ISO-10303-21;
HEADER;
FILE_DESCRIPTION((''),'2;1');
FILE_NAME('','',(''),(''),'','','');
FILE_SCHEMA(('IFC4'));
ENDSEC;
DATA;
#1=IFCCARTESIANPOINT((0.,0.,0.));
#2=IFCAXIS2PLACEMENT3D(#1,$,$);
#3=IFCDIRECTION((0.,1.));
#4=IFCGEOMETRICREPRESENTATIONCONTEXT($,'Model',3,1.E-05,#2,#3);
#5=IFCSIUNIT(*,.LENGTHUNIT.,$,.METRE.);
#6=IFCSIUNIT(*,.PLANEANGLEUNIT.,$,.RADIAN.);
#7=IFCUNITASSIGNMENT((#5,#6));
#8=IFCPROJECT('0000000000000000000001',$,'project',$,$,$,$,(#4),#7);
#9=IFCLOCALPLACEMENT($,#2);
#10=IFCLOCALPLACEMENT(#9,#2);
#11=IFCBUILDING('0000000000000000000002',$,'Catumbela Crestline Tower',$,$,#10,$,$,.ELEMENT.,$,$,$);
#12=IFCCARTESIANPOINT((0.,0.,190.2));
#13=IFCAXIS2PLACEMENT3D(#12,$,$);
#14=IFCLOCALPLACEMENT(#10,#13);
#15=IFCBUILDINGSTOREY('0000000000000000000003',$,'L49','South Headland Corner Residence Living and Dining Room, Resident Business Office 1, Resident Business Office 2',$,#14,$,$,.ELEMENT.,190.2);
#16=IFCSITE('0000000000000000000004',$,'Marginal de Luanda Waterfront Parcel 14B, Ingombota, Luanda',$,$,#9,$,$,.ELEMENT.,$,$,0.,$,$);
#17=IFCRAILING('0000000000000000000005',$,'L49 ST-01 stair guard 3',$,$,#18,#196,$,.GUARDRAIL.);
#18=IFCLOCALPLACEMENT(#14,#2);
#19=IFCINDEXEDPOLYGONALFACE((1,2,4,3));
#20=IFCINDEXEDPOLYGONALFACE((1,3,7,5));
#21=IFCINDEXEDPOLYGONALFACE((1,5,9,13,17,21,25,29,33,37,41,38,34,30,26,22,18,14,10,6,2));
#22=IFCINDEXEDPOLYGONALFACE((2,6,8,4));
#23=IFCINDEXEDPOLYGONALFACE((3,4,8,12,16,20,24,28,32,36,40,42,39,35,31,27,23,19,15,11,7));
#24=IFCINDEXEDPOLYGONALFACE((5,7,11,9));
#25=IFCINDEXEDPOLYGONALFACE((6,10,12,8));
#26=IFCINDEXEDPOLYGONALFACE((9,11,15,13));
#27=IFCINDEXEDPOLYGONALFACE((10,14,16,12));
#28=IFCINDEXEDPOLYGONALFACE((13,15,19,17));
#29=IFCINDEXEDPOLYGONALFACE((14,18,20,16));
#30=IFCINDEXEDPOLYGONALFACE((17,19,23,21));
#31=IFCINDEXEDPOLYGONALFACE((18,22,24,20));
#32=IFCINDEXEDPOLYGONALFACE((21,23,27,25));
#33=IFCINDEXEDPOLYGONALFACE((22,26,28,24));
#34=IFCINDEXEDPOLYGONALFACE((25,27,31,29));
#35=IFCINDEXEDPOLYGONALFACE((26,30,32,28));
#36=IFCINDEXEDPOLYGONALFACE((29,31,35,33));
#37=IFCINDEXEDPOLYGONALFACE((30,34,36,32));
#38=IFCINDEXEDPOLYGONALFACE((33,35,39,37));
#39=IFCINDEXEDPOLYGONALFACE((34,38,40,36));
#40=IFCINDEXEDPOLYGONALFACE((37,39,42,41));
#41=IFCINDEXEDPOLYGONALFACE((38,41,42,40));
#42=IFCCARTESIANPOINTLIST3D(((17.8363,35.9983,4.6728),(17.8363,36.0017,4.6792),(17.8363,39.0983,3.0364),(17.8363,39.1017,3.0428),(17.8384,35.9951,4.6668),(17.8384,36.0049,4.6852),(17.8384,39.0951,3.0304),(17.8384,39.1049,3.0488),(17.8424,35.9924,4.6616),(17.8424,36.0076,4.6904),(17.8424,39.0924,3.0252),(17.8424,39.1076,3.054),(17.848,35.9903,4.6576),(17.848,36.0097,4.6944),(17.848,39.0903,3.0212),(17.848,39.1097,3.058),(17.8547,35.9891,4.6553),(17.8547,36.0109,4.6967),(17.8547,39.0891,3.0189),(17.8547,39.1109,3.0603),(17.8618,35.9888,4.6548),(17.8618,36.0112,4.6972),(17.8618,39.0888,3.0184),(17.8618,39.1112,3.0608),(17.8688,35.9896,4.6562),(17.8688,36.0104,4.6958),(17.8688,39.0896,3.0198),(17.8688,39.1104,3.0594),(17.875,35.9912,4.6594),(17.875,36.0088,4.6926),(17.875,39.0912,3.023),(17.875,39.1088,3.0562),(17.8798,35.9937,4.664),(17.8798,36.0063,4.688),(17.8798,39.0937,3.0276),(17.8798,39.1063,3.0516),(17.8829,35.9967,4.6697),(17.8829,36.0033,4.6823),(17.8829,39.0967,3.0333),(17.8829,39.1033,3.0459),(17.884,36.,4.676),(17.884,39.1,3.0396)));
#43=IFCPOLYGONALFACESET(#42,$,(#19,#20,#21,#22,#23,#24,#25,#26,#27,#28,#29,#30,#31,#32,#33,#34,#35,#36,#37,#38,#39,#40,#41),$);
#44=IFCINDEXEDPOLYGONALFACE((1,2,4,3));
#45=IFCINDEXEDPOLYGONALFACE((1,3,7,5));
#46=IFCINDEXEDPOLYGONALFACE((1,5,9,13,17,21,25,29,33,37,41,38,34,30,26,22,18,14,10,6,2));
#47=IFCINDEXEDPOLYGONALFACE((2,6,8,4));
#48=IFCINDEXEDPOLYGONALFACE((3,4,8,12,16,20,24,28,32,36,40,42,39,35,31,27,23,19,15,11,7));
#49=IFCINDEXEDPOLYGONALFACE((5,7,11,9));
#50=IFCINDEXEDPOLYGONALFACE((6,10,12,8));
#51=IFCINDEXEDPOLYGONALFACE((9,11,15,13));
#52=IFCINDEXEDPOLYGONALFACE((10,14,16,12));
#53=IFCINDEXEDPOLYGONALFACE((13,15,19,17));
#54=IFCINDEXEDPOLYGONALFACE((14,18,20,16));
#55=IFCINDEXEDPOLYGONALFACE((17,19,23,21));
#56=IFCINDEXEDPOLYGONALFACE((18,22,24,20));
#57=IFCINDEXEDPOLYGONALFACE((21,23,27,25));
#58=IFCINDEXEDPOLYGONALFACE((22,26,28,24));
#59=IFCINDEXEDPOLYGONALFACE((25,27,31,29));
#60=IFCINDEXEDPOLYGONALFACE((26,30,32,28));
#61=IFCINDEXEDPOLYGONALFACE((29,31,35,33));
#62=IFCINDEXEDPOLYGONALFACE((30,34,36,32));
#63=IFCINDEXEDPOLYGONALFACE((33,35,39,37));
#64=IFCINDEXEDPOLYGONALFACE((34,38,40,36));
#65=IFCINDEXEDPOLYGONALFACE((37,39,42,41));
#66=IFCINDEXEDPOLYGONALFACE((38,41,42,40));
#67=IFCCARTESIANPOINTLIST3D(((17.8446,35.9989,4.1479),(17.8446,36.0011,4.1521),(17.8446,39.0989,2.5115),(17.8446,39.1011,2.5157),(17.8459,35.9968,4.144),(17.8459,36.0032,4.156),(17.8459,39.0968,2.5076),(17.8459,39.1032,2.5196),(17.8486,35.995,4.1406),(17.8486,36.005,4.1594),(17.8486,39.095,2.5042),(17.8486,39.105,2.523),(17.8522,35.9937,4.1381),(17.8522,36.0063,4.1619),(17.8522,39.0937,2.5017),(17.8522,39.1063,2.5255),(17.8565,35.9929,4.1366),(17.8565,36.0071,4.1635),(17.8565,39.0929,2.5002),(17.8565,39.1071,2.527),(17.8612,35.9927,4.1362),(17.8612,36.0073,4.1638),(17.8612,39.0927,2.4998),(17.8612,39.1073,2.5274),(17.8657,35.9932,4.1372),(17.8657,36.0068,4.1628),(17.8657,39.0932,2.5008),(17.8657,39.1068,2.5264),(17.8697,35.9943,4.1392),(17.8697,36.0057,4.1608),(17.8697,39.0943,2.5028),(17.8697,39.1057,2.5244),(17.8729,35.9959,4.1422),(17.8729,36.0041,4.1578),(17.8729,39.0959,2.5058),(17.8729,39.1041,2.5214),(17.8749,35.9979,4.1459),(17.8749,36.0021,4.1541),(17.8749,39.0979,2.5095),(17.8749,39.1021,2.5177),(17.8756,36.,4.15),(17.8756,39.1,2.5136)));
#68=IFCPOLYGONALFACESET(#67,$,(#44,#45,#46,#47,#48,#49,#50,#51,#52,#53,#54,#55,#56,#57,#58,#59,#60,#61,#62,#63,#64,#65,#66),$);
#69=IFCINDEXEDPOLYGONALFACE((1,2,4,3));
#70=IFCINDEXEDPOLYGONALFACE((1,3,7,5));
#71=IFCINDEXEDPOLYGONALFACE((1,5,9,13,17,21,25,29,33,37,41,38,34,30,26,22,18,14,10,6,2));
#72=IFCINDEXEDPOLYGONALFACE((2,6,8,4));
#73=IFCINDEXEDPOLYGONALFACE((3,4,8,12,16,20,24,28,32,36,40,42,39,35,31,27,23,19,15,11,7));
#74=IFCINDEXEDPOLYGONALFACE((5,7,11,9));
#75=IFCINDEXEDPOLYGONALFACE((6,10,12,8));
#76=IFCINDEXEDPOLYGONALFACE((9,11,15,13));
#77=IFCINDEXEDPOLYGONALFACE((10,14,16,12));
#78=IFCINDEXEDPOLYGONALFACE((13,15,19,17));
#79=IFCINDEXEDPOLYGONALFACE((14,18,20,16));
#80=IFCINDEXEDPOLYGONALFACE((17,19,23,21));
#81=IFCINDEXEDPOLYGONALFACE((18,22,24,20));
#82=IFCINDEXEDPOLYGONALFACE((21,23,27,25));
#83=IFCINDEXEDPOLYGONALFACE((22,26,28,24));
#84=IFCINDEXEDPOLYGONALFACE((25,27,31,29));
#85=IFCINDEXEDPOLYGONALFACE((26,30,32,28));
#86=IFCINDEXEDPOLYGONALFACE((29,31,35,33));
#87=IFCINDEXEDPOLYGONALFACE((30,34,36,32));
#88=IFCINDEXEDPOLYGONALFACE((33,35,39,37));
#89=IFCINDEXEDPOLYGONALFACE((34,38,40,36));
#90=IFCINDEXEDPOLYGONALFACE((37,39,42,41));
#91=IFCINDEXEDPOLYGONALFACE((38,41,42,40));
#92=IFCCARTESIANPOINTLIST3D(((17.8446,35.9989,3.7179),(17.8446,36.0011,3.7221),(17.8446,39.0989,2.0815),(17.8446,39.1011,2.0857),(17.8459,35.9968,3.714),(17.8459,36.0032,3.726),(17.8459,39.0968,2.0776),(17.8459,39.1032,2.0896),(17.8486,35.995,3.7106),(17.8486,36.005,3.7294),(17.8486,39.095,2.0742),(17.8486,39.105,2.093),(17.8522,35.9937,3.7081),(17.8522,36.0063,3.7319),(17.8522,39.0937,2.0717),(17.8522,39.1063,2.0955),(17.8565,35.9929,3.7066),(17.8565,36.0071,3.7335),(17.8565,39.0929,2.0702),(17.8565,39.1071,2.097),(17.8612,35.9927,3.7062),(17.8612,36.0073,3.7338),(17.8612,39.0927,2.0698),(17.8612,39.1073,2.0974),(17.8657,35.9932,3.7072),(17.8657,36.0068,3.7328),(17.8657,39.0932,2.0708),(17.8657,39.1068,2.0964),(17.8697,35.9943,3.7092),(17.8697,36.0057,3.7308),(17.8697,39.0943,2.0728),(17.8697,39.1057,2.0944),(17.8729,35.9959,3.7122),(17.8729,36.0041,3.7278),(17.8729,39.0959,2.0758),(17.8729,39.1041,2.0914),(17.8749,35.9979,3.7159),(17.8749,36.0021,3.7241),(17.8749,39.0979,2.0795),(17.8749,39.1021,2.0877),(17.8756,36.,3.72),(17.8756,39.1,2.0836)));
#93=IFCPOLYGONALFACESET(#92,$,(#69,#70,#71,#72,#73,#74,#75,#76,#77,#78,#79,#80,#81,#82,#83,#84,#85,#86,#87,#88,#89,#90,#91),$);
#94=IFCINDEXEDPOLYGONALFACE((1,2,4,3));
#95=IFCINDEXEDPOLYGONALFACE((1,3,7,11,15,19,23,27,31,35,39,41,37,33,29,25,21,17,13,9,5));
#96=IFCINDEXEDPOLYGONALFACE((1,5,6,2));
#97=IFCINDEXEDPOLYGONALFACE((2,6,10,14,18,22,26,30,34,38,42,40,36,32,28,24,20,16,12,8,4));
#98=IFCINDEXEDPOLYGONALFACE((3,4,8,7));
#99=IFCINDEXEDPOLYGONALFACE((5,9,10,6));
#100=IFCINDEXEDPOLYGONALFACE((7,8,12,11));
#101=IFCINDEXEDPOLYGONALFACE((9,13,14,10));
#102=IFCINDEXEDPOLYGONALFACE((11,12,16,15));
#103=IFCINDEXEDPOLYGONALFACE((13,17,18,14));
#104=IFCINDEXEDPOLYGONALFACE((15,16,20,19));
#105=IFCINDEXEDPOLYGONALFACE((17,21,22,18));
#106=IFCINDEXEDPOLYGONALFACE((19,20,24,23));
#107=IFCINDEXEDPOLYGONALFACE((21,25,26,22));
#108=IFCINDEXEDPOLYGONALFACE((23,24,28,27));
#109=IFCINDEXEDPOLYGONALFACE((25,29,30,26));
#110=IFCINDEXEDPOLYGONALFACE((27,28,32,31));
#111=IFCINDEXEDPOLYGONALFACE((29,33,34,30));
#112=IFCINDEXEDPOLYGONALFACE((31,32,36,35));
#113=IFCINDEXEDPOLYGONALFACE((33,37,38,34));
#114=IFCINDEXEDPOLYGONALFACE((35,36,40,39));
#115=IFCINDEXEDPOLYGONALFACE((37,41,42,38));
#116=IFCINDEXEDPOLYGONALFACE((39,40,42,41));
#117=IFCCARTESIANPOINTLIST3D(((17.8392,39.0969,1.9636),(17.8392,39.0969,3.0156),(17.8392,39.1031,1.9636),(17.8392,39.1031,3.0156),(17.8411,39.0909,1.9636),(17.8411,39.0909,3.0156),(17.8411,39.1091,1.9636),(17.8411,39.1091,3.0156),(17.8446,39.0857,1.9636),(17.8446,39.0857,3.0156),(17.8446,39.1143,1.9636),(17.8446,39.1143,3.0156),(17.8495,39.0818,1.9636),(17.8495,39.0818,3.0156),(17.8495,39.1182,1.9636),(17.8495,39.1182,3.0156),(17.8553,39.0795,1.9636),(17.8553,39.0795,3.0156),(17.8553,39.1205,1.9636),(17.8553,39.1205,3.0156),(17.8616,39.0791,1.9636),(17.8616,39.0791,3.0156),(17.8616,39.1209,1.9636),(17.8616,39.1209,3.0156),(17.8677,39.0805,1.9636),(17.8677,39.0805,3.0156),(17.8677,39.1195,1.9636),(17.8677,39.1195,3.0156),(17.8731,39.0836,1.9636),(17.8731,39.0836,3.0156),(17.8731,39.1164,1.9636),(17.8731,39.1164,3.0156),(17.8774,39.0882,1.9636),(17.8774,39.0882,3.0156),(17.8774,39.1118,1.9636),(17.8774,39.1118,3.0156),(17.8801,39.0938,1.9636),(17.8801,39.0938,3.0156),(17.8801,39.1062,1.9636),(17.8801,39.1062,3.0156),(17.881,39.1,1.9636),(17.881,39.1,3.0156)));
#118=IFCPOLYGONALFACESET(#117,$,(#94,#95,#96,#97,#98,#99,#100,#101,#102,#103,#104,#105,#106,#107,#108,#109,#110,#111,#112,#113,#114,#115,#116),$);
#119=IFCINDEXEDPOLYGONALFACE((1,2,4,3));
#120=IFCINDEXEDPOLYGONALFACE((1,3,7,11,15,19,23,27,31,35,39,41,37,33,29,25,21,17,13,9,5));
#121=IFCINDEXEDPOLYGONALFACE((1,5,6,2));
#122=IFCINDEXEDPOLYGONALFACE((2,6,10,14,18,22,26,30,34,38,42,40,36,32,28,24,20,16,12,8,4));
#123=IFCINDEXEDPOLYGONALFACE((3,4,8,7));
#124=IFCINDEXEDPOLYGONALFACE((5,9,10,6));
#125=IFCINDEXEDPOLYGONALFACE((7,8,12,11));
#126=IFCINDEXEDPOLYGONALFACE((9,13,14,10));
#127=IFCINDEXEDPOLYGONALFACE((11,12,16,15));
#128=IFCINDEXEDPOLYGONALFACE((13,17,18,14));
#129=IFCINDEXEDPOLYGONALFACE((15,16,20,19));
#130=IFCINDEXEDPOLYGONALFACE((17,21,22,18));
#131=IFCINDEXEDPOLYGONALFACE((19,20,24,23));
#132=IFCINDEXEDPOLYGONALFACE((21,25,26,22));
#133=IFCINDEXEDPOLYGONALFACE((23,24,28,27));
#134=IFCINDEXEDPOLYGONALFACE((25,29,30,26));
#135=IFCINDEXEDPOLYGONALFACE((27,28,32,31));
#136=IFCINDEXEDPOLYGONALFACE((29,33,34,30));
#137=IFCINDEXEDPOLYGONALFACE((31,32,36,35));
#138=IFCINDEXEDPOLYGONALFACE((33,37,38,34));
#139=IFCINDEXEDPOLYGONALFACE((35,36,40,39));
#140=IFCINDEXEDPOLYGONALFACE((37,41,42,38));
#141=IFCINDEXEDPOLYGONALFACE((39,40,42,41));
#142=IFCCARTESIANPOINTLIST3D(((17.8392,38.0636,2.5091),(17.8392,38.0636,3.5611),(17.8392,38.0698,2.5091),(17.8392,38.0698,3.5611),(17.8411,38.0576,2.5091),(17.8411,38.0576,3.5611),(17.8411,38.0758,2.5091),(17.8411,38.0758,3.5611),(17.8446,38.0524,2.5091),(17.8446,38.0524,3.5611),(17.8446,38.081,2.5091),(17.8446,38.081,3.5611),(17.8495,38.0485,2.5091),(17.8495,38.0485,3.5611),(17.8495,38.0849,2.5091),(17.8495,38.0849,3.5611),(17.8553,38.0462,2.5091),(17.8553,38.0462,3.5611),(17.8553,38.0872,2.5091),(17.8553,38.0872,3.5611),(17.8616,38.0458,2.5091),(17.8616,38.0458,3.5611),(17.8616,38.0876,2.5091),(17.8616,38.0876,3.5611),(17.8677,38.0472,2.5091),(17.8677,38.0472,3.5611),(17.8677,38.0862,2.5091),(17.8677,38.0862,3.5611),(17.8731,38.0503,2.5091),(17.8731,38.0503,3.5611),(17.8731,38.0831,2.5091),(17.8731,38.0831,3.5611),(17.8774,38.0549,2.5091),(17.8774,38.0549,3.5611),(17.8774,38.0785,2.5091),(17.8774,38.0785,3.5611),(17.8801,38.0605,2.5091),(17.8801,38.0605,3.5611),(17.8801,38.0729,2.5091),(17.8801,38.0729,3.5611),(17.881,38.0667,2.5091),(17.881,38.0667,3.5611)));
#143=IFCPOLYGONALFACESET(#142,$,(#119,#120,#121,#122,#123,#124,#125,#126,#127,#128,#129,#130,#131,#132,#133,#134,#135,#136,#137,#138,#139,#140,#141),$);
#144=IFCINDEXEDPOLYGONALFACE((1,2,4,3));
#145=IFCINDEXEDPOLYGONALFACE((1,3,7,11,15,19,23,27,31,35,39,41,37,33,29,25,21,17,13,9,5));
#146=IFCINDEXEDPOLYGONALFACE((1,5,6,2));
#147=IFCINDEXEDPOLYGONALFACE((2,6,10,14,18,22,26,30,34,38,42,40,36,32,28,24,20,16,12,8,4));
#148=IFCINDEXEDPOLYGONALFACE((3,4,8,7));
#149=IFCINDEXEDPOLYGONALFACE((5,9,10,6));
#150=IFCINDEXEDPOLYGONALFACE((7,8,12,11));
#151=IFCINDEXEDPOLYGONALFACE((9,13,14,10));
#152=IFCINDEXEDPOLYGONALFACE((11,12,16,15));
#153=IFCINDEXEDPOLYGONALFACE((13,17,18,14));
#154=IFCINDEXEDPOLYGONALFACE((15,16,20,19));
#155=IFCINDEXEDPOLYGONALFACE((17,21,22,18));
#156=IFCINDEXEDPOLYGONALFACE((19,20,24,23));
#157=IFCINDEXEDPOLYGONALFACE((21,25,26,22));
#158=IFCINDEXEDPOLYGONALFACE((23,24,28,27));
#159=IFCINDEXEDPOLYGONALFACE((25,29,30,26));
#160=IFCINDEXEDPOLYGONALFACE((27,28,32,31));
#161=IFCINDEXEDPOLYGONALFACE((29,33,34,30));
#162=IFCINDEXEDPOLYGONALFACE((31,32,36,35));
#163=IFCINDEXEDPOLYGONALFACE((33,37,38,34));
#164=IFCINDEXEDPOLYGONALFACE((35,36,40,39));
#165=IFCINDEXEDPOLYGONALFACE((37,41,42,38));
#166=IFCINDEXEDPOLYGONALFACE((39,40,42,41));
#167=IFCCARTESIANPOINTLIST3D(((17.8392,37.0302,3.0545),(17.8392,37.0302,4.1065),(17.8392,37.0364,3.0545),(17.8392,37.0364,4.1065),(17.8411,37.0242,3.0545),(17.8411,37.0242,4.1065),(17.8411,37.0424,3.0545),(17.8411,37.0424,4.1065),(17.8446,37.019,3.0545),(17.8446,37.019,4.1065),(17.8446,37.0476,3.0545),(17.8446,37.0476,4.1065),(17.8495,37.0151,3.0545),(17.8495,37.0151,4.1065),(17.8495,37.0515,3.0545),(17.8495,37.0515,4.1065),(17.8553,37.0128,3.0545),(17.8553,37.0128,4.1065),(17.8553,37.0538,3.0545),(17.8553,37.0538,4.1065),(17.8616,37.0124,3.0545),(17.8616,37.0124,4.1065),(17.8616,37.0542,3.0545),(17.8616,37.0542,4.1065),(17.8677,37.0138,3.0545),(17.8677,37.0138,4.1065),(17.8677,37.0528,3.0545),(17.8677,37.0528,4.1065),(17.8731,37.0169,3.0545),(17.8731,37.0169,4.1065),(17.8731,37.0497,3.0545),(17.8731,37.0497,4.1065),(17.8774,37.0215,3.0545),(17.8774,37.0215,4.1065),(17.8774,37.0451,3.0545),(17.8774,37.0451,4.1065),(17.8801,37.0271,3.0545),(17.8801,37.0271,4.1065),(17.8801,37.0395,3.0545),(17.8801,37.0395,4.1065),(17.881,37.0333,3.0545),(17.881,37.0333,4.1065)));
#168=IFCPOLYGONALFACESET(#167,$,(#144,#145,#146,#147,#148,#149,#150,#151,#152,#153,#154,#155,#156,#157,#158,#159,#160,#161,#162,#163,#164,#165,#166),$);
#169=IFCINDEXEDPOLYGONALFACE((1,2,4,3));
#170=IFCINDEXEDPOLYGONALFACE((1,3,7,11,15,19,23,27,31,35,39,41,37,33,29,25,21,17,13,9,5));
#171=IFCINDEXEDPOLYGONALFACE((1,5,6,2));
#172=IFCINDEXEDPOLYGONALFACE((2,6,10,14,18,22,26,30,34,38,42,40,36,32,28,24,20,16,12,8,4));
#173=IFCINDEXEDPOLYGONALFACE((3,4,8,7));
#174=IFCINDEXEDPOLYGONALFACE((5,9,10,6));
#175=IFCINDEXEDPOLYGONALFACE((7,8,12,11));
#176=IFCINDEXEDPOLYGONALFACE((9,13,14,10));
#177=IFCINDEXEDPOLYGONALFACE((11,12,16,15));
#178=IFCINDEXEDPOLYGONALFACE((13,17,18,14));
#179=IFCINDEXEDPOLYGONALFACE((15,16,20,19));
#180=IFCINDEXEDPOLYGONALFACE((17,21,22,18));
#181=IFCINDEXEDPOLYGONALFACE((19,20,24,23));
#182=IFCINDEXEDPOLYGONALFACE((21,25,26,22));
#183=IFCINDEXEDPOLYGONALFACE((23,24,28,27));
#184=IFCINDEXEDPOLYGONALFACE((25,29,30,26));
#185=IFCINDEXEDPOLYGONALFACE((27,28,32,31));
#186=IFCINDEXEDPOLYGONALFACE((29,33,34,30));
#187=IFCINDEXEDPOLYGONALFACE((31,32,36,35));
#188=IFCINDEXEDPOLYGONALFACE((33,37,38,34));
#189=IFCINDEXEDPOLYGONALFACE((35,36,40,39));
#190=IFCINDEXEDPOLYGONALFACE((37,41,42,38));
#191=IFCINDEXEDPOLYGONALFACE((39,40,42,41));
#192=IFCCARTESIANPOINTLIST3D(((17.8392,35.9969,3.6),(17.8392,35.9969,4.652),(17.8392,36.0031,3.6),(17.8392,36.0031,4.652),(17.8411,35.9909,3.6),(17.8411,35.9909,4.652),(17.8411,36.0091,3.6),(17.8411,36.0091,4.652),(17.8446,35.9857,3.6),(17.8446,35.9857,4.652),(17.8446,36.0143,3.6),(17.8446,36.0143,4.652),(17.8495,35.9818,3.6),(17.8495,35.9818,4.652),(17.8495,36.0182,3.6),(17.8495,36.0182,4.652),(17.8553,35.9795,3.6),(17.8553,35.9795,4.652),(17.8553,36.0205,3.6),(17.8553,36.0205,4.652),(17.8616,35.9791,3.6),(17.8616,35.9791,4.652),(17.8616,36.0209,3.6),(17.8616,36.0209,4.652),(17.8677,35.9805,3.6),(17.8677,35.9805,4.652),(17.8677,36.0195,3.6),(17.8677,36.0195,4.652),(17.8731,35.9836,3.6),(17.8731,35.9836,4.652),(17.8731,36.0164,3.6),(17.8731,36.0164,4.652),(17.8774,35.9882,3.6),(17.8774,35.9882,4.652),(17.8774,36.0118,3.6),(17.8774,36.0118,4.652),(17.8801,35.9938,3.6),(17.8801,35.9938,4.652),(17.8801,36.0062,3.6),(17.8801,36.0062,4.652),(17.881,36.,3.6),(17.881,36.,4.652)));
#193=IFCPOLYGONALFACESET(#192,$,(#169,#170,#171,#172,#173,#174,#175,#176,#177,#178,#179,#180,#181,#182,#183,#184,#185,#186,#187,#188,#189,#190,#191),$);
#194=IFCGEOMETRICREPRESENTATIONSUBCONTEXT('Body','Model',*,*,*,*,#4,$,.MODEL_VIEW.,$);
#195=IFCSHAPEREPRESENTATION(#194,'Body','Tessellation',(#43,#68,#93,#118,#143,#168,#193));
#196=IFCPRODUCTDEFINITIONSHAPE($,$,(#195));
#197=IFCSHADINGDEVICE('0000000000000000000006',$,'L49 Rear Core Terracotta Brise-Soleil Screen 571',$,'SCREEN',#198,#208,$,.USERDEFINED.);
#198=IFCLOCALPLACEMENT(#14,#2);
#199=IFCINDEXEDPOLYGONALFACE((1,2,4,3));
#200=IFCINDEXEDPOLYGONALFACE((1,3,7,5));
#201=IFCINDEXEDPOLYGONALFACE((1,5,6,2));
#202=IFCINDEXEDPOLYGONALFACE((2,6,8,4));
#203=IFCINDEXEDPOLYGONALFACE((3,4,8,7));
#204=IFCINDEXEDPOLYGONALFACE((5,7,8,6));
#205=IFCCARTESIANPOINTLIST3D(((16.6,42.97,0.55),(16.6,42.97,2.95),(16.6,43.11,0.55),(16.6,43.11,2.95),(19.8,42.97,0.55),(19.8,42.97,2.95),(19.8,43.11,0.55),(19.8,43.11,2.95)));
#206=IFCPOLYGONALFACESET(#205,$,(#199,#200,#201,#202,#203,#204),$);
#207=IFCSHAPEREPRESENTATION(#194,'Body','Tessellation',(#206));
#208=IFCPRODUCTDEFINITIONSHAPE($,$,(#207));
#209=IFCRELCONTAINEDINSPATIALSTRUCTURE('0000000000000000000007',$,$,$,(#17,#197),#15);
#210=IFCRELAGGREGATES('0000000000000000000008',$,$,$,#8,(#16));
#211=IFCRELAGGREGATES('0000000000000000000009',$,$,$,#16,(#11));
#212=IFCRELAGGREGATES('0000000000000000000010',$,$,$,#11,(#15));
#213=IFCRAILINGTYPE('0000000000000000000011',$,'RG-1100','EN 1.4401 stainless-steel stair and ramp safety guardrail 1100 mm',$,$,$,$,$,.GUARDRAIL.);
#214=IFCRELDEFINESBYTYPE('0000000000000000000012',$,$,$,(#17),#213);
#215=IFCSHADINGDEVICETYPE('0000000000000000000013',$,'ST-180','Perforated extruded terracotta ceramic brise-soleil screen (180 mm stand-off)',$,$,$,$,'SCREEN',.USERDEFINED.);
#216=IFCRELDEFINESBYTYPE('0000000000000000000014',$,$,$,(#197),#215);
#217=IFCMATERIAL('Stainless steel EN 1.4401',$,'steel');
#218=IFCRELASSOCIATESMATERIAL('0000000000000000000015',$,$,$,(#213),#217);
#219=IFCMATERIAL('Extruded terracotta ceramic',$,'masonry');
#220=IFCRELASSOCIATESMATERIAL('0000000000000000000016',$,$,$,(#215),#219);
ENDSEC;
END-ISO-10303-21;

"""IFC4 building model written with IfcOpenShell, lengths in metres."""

from ifc_helpers import new_model, si_unit, direction, frame, origin, origin_2d, place, context, subcontext, project, spatial, rectangle, circle, extrude, material, type_object, element, save


model = new_model("IFC4")

# Units and contexts
model_context = context("Model", 3, precision=1e-05, world=origin(), true_north=direction((0.0, 1.0)))
body_context = subcontext(model_context, "Body", "Model", "MODEL_VIEW")
ifc_project = project(units=[si_unit("LENGTHUNIT", "METRE"), si_unit("PLANEANGLEUNIT", "RADIAN")], contexts=[model_context])

# Site, building, storey
site_placement = place(None, origin())
site = spatial("IfcSite", under=ifc_project, at=site_placement, Name="Marginal de Luanda Waterfront Parcel 14B, Ingombota, Luanda", CompositionType="ELEMENT", RefElevation=0.0)
building_placement = place(site_placement, origin())
building = spatial("IfcBuilding", under=site, at=building_placement, Name="Catumbela Crestline Tower", CompositionType="ELEMENT")
storey_placement = place(building_placement, frame((0.0, 0.0, 190.2)))
storey = spatial("IfcBuildingStorey", under=building, at=storey_placement, Name="L49", Description="South Headland Corner Residence Living and Dining Room, Resident Business Office 1, Resident Business Office 2", CompositionType="ELEMENT", Elevation=190.2)

# Railing
ifc_material_1 = material(Name="Stainless steel EN 1.4401", Category="steel")
railing_type = type_object("IfcRailingType", Name="RG-1100", Description="EN 1.4401 stainless-steel stair and ramp safety guardrail 1100 mm", PredefinedType="GUARDRAIL", material=ifc_material_1)
railing_1_placement = place(storey_placement, frame((17.86, 39.1, 1.9636)))
element("IfcRailing", 1, at=railing_1_placement, inside=storey, type_object=railing_type, Name="L49 ST-01 stair guard 3", PredefinedType="GUARDRAIL", context=body_context, shape_type="SweptSolid", body=[
    extrude(circle(Radius=0.024, at=origin_2d()), frame((0.0, 0.0, 1.076), z_axis=(0.0, -0.884351, 0.466823), x_axis=(1.0, 0.0, 0.0)), (0.0, 0.0, 1.0), 3.5054),
    extrude(circle(Radius=0.0156, at=origin_2d()), frame((0.0, 0.0, 0.55), z_axis=(0.0, -0.884351, 0.466823), x_axis=(1.0, 0.0, 0.0)), (0.0, 0.0, 1.0), 3.5054),
    extrude(circle(Radius=0.0156, at=origin_2d()), frame((0.0, 0.0, 0.12), z_axis=(0.0, -0.884351, 0.466823), x_axis=(1.0, 0.0, 0.0)), (0.0, 0.0, 1.0), 3.5054),
    extrude(circle(Radius=0.021, at=origin_2d()), origin(), (0.0, 0.0, 1.0), 1.052),
    extrude(circle(Radius=0.021, at=origin_2d()), frame((0.0, -1.0333, 0.5455)), (0.0, 0.0, 1.0), 1.052),
    extrude(circle(Radius=0.021, at=origin_2d()), frame((0.0, -2.0667, 1.0909)), (0.0, 0.0, 1.0), 1.052),
    extrude(circle(Radius=0.021, at=origin_2d()), frame((0.0, -3.1, 1.6364)), (0.0, 0.0, 1.0), 1.052),
])

# Shading device
ifc_material_2 = material(Name="Extruded terracotta ceramic", Category="masonry")
shading_device_type_1 = type_object("IfcShadingDeviceType", Name="ST-180", Description="Perforated extruded terracotta ceramic brise-soleil screen (180 mm stand-off)", ElementType="SCREEN", PredefinedType="USERDEFINED", material=ifc_material_2)
shading_device_1_placement = place(storey_placement, frame((18.2, 43.04, 0.55), z_axis=(0.0, 0.0, 1.0), x_axis=(1.0, 0.0, 0.0)))
element("IfcShadingDevice", 2, at=shading_device_1_placement, inside=storey, type_object=shading_device_type_1, Name="L49 Rear Core Terracotta Brise-Soleil Screen 571", ObjectType="SCREEN", PredefinedType="USERDEFINED", context=body_context, shape_type="SweptSolid", body=[
    extrude(rectangle(XDim=3.2, YDim=0.14, at=origin_2d()), origin(), (0.0, 0.0, 1.0), 2.4),
])

save(model, "model.ifc")
